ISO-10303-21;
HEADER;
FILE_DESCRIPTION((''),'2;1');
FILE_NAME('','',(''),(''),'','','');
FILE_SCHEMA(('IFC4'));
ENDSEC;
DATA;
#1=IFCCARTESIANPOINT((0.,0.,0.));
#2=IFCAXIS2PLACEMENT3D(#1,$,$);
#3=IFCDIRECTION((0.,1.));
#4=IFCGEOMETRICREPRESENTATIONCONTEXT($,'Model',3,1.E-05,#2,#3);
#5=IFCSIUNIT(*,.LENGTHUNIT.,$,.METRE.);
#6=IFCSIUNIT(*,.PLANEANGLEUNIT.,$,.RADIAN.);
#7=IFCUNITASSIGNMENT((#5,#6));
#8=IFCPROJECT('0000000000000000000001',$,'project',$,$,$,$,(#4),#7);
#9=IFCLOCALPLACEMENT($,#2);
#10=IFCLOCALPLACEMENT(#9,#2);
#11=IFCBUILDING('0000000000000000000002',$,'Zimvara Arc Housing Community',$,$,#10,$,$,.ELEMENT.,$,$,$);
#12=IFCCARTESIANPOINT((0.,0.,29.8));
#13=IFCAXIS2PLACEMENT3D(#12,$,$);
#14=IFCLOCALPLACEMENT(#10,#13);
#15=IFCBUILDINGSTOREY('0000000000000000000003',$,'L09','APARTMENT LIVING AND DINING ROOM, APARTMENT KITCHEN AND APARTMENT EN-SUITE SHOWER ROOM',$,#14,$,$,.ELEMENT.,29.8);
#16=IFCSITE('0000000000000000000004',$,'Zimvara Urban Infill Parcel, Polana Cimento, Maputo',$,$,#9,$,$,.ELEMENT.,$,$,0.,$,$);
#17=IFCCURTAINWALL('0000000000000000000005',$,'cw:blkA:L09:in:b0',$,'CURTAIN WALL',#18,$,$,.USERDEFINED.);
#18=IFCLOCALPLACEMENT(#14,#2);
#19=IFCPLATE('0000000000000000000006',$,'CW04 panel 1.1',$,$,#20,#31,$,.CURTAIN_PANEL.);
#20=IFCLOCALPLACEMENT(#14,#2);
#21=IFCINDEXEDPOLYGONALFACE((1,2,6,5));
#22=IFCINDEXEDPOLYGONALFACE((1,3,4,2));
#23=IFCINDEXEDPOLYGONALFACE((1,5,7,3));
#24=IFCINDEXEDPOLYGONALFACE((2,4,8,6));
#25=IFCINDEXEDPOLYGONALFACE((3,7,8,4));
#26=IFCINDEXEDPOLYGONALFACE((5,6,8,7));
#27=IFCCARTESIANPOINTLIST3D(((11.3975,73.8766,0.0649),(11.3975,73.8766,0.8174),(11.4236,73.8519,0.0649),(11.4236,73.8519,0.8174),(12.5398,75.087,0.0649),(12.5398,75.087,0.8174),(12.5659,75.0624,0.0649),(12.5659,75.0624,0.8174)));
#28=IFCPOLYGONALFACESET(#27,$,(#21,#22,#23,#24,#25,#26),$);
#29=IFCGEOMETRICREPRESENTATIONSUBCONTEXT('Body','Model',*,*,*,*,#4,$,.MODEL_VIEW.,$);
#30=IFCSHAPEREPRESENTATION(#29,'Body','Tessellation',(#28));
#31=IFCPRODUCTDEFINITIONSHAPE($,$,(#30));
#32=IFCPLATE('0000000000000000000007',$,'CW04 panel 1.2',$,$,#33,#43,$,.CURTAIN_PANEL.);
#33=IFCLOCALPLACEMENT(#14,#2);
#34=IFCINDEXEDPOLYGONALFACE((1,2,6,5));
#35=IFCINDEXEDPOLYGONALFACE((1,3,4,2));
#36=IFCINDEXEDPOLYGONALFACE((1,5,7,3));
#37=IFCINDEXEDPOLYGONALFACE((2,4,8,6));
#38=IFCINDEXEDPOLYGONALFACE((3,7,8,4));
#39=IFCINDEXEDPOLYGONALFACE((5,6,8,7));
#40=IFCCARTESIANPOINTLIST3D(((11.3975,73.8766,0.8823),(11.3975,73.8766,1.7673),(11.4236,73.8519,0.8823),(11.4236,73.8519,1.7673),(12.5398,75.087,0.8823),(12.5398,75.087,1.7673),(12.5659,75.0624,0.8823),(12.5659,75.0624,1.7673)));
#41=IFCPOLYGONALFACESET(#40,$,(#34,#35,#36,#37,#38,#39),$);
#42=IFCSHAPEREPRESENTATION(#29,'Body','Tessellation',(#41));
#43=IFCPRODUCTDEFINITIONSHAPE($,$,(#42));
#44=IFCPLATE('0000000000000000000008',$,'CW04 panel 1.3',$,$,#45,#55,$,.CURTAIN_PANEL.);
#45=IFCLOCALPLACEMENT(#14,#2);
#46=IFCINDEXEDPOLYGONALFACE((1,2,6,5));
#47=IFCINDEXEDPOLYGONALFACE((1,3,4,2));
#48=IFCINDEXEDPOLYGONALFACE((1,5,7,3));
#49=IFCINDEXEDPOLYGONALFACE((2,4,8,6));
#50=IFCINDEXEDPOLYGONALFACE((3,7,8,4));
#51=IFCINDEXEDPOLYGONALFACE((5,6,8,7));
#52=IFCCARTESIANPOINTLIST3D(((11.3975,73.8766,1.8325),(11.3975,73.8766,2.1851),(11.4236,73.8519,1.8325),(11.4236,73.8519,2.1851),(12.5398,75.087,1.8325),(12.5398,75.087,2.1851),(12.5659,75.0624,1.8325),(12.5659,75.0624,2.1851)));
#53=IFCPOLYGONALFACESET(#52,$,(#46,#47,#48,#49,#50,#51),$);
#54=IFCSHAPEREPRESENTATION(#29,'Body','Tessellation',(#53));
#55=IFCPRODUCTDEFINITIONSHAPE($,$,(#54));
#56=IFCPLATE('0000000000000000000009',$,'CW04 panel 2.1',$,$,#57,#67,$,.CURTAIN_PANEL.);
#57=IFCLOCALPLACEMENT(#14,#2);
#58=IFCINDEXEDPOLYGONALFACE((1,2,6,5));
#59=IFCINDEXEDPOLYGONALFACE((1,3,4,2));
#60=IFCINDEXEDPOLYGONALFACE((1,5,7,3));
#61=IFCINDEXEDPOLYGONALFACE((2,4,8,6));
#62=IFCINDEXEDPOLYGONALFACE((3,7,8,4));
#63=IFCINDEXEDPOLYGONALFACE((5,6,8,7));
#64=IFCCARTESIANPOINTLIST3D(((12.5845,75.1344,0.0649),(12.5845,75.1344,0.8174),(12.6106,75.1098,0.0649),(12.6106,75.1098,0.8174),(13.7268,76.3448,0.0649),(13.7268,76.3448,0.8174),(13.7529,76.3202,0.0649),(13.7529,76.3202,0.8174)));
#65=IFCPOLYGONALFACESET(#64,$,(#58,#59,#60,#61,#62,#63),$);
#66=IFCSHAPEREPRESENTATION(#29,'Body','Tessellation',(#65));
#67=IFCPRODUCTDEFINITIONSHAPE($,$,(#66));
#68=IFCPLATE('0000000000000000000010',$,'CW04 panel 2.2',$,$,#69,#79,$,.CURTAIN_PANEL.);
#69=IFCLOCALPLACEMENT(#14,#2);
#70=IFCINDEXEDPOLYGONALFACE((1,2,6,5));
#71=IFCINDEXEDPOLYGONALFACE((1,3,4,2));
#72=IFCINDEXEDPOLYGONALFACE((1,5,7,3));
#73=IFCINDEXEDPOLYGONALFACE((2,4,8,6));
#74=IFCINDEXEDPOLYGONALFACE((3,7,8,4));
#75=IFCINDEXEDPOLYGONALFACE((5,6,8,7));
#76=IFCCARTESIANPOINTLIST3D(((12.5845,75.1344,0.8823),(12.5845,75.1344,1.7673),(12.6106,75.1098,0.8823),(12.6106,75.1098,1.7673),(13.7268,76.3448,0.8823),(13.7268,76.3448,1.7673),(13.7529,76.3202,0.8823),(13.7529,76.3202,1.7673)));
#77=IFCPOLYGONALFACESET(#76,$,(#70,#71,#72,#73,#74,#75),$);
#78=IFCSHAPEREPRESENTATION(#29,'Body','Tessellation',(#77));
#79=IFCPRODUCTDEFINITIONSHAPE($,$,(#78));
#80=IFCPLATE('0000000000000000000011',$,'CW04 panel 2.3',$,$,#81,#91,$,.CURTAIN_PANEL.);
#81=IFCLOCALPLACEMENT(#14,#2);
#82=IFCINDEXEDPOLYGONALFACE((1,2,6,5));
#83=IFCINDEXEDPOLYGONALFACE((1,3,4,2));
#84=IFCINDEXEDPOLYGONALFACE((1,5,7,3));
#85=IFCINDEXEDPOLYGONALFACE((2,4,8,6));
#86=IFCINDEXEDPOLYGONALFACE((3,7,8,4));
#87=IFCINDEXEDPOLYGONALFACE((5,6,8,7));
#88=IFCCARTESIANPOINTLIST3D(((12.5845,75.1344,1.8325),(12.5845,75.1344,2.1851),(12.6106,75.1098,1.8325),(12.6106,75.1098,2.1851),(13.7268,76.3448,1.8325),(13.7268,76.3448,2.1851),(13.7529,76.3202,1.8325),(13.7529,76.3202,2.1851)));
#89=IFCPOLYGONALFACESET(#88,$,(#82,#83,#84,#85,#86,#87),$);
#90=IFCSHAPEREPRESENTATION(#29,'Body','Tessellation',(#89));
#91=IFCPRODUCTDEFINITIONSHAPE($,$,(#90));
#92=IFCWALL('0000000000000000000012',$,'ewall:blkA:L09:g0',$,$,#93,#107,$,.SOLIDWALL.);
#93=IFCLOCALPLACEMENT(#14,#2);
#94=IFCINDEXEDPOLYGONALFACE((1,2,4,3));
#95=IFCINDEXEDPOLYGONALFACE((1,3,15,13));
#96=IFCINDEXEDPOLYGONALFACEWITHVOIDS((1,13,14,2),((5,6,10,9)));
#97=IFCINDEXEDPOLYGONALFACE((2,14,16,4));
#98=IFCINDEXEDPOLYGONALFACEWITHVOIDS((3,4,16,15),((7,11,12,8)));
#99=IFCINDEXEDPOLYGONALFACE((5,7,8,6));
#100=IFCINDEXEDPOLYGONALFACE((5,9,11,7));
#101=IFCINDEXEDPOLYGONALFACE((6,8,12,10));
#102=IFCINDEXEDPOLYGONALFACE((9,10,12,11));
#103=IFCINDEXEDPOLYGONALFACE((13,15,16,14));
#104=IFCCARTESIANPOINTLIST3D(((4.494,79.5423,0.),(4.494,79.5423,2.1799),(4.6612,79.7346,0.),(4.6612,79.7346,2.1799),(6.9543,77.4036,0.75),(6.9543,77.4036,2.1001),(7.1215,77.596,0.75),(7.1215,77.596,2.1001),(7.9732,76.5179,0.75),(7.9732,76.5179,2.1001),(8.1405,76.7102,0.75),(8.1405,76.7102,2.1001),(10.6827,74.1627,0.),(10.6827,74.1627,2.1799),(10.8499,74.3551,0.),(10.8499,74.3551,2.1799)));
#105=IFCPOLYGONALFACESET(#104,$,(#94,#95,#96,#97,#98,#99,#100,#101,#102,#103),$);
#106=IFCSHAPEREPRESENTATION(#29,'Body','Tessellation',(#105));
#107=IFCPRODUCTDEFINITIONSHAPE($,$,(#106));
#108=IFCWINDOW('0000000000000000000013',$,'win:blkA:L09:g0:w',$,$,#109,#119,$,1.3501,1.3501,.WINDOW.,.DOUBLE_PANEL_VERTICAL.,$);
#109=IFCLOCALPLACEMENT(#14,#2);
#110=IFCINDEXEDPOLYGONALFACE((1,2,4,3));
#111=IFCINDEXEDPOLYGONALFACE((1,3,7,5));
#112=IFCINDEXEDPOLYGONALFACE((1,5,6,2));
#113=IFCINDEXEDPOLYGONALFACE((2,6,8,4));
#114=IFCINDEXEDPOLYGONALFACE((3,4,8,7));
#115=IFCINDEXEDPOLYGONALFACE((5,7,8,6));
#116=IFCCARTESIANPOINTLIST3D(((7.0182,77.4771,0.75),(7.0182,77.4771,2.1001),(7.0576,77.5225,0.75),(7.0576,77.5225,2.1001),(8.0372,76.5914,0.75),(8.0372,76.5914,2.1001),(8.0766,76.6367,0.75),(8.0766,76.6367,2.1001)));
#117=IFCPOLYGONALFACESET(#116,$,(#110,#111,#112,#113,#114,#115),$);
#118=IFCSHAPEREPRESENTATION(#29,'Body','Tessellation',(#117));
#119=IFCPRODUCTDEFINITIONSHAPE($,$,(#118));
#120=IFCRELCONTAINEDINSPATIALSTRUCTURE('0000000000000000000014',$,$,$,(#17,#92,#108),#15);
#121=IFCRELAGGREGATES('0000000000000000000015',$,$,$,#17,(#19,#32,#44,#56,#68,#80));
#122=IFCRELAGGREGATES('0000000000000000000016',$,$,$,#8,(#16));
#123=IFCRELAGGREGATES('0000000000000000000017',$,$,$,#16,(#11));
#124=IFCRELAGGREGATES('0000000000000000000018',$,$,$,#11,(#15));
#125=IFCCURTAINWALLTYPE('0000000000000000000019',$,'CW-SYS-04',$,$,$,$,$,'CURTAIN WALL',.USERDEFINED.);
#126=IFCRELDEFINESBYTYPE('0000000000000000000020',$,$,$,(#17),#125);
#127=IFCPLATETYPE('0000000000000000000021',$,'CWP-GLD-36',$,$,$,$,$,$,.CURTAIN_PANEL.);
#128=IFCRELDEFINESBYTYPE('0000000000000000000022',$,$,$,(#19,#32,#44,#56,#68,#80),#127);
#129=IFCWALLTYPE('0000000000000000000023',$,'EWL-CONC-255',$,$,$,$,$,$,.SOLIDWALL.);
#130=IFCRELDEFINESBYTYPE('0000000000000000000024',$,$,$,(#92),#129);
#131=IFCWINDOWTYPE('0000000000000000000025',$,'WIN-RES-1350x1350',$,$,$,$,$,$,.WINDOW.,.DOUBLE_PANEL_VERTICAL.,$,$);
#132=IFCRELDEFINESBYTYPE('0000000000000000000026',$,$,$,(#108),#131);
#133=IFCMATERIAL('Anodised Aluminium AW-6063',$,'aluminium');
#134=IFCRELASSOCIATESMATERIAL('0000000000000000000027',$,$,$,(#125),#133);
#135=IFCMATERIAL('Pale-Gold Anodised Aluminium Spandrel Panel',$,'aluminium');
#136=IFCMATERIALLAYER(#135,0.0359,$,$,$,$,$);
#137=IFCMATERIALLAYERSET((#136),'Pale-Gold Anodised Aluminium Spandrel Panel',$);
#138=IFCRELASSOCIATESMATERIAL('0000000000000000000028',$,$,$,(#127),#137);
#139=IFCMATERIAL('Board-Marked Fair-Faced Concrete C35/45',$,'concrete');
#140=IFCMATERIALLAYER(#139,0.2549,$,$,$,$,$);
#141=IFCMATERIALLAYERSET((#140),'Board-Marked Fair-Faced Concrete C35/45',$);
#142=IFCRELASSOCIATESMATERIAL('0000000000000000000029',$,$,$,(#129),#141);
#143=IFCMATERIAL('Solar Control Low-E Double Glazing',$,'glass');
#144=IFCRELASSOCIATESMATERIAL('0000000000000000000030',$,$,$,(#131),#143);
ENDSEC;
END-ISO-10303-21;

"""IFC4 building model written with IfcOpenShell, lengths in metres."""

from ifc_helpers import new_model, si_unit, direction, frame, frame_2d, origin, origin_2d, place, context, subcontext, project, spatial, rectangle, extrude, material, layer, layer_set, type_object, element, fill, aggregate, save


model = new_model("IFC4")

# Units and contexts
model_context = context("Model", 3, precision=1e-05, world=origin(), true_north=direction((0.0, 1.0)))
body_context = subcontext(model_context, "Body", "Model", "MODEL_VIEW")
ifc_project = project(units=[si_unit("LENGTHUNIT", "METRE"), si_unit("PLANEANGLEUNIT", "RADIAN")], contexts=[model_context])

# Site, building, storey
site_placement = place(None, origin())
site = spatial("IfcSite", under=ifc_project, at=site_placement, Name="Zimvara Urban Infill Parcel, Polana Cimento, Maputo", CompositionType="ELEMENT", RefElevation=0.0)
building_placement = place(site_placement, origin())
building = spatial("IfcBuilding", under=site, at=building_placement, Name="Zimvara Arc Housing Community", CompositionType="ELEMENT")
storey_placement = place(building_placement, frame((0.0, 0.0, 29.8)))
storey = spatial("IfcBuildingStorey", under=building, at=storey_placement, Name="L09", Description="APARTMENT LIVING AND DINING ROOM, APARTMENT KITCHEN AND APARTMENT EN-SUITE SHOWER ROOM", CompositionType="ELEMENT", Elevation=29.8)

# Curtain wall, plates
ifc_material_1 = material(Name="Anodised Aluminium AW-6063", Category="aluminium")
curtain_wall_type = type_object("IfcCurtainWallType", Name="CW-SYS-04", ElementType="CURTAIN WALL", PredefinedType="USERDEFINED", material=ifc_material_1)
curtain_wall_placement = place(storey_placement, origin())
curtain_wall = element("IfcCurtainWall", 1, at=curtain_wall_placement, inside=storey, type_object=curtain_wall_type, Name="cw:blkA:L09:in:b0", ObjectType="CURTAIN WALL", PredefinedType="USERDEFINED")
ifc_material_2 = material(Name="Pale-Gold Anodised Aluminium Spandrel Panel", Category="aluminium")
ifc_layer_1 = layer(ifc_material_2, 0.0359)
ifc_layer_set_1 = layer_set([ifc_layer_1], Name="Pale-Gold Anodised Aluminium Spandrel Panel")
plate_type = type_object("IfcPlateType", Name="CWP-GLD-36", PredefinedType="CURTAIN_PANEL", material=ifc_layer_set_1)
plate_1_placement = place(storey_placement, frame((11.9817, 74.4695, 0.0649), z_axis=(0.0, 0.0, 1.0), x_axis=(0.686327, 0.727293, 0.0)))
plate_1 = element("IfcPlate", 2, at=plate_1_placement, type_object=plate_type, Name="CW04 panel 1.1", PredefinedType="CURTAIN_PANEL", context=body_context, shape_type="SweptSolid", body=[
    extrude(rectangle(XDim=1.6643, YDim=0.0359, at=origin_2d()), origin(), (0.0, 0.0, 1.0), 0.7524),
])
plate_2_placement = place(storey_placement, frame((11.9817, 74.4695, 0.8823), z_axis=(0.0, 0.0, 1.0), x_axis=(0.686327, 0.727293, 0.0)))
plate_2 = element("IfcPlate", 3, at=plate_2_placement, type_object=plate_type, Name="CW04 panel 1.2", PredefinedType="CURTAIN_PANEL", context=body_context, shape_type="SweptSolid", body=[
    extrude(rectangle(XDim=1.6643, YDim=0.0359, at=origin_2d()), origin(), (0.0, 0.0, 1.0), 0.885),
])
plate_3_placement = place(storey_placement, frame((11.9817, 74.4695, 1.8325), z_axis=(0.0, 0.0, 1.0), x_axis=(0.686327, 0.727293, 0.0)))
plate_3 = element("IfcPlate", 4, at=plate_3_placement, type_object=plate_type, Name="CW04 panel 1.3", PredefinedType="CURTAIN_PANEL", context=body_context, shape_type="SweptSolid", body=[
    extrude(rectangle(XDim=1.6643, YDim=0.0359, at=origin_2d()), origin(), (0.0, 0.0, 1.0), 0.3525),
])
plate_4_placement = place(storey_placement, frame((13.1687, 75.7273, 0.0649), z_axis=(0.0, 0.0, 1.0), x_axis=(0.686327, 0.727293, 0.0)))
plate_4 = element("IfcPlate", 5, at=plate_4_placement, type_object=plate_type, Name="CW04 panel 2.1", PredefinedType="CURTAIN_PANEL", context=body_context, shape_type="SweptSolid", body=[
    extrude(rectangle(XDim=1.6643, YDim=0.0359, at=origin_2d()), origin(), (0.0, 0.0, 1.0), 0.7524),
])
plate_5_placement = place(storey_placement, frame((13.1687, 75.7273, 0.8823), z_axis=(0.0, 0.0, 1.0), x_axis=(0.686327, 0.727293, 0.0)))
plate_5 = element("IfcPlate", 6, at=plate_5_placement, type_object=plate_type, Name="CW04 panel 2.2", PredefinedType="CURTAIN_PANEL", context=body_context, shape_type="SweptSolid", body=[
    extrude(rectangle(XDim=1.6643, YDim=0.0359, at=origin_2d()), origin(), (0.0, 0.0, 1.0), 0.885),
])
plate_6_placement = place(storey_placement, frame((13.1687, 75.7273, 1.8325), z_axis=(0.0, 0.0, 1.0), x_axis=(0.686327, 0.727293, 0.0)))
plate_6 = element("IfcPlate", 7, at=plate_6_placement, type_object=plate_type, Name="CW04 panel 2.3", PredefinedType="CURTAIN_PANEL", context=body_context, shape_type="SweptSolid", body=[
    extrude(rectangle(XDim=1.6643, YDim=0.0359, at=origin_2d()), origin(), (0.0, 0.0, 1.0), 0.3525),
])
aggregate(curtain_wall, [plate_1, plate_2, plate_3, plate_4, plate_5, plate_6])

# Wall, opening, window
ifc_material_3 = material(Name="Board-Marked Fair-Faced Concrete C35/45", Category="concrete")
ifc_layer_2 = layer(ifc_material_3, 0.2549)
ifc_layer_set_2 = layer_set([ifc_layer_2], Name="Board-Marked Fair-Faced Concrete C35/45")
wall_type = type_object("IfcWallType", Name="EWL-CONC-255", PredefinedType="SOLIDWALL", material=ifc_layer_set_2)
wall_placement = place(storey_placement, frame((10.7664, 74.2588, 0.0), z_axis=(0.0, 0.0, 1.0), x_axis=(-0.754718, 0.65605, 0.0)))
wall = element("IfcWall", 8, at=wall_placement, inside=storey, type_object=wall_type, Name="ewall:blkA:L09:g0", PredefinedType="SOLIDWALL", context=body_context, shape_type="SweptSolid", body=[
    extrude(rectangle(XDim=8.2, YDim=0.2549, at=frame_2d((4.1001, 0.0))), origin(), (0.0, 0.0, 1.0), 2.1799),
])
opening_placement = place(wall_placement, frame((3.5901, 0.0, 0.75)))
opening = element("IfcOpeningElement", 9, at=opening_placement, cuts=wall, PredefinedType="OPENING", context=body_context, shape_type="SweptSolid", body=[
    extrude(rectangle(XDim=1.3501, YDim=1.3501, at=frame_2d((0.675, 0.675))), frame((0.0, 0.1375, 0.0), z_axis=(0.0, -1.0, 0.0), x_axis=(1.0, 0.0, 0.0)), (0.0, 0.0, 1.0), 0.2749),
])
ifc_material_4 = material(Name="Solar Control Low-E Double Glazing", Category="glass")
window_type = type_object("IfcWindowType", Name="WIN-RES-1350x1350", PartitioningType="DOUBLE_PANEL_VERTICAL", PredefinedType="WINDOW", material=ifc_material_4)
window_placement = place(opening_placement, origin())
window = element("IfcWindow", 10, at=window_placement, inside=storey, type_object=window_type, Name="win:blkA:L09:g0:w", OverallHeight=1.3501, OverallWidth=1.3501, PartitioningType="DOUBLE_PANEL_VERTICAL", PredefinedType="WINDOW", context=body_context, shape_type="SweptSolid", body=[
    extrude(rectangle(XDim=1.3501, YDim=1.3501, at=frame_2d((0.675, 0.675))), frame((0.0, 0.03, 0.0), z_axis=(0.0, -1.0, 0.0), x_axis=(1.0, 0.0, 0.0)), (0.0, 0.0, 1.0), 0.0601),
])
fill(opening, window)

save(model, "model.ifc")
